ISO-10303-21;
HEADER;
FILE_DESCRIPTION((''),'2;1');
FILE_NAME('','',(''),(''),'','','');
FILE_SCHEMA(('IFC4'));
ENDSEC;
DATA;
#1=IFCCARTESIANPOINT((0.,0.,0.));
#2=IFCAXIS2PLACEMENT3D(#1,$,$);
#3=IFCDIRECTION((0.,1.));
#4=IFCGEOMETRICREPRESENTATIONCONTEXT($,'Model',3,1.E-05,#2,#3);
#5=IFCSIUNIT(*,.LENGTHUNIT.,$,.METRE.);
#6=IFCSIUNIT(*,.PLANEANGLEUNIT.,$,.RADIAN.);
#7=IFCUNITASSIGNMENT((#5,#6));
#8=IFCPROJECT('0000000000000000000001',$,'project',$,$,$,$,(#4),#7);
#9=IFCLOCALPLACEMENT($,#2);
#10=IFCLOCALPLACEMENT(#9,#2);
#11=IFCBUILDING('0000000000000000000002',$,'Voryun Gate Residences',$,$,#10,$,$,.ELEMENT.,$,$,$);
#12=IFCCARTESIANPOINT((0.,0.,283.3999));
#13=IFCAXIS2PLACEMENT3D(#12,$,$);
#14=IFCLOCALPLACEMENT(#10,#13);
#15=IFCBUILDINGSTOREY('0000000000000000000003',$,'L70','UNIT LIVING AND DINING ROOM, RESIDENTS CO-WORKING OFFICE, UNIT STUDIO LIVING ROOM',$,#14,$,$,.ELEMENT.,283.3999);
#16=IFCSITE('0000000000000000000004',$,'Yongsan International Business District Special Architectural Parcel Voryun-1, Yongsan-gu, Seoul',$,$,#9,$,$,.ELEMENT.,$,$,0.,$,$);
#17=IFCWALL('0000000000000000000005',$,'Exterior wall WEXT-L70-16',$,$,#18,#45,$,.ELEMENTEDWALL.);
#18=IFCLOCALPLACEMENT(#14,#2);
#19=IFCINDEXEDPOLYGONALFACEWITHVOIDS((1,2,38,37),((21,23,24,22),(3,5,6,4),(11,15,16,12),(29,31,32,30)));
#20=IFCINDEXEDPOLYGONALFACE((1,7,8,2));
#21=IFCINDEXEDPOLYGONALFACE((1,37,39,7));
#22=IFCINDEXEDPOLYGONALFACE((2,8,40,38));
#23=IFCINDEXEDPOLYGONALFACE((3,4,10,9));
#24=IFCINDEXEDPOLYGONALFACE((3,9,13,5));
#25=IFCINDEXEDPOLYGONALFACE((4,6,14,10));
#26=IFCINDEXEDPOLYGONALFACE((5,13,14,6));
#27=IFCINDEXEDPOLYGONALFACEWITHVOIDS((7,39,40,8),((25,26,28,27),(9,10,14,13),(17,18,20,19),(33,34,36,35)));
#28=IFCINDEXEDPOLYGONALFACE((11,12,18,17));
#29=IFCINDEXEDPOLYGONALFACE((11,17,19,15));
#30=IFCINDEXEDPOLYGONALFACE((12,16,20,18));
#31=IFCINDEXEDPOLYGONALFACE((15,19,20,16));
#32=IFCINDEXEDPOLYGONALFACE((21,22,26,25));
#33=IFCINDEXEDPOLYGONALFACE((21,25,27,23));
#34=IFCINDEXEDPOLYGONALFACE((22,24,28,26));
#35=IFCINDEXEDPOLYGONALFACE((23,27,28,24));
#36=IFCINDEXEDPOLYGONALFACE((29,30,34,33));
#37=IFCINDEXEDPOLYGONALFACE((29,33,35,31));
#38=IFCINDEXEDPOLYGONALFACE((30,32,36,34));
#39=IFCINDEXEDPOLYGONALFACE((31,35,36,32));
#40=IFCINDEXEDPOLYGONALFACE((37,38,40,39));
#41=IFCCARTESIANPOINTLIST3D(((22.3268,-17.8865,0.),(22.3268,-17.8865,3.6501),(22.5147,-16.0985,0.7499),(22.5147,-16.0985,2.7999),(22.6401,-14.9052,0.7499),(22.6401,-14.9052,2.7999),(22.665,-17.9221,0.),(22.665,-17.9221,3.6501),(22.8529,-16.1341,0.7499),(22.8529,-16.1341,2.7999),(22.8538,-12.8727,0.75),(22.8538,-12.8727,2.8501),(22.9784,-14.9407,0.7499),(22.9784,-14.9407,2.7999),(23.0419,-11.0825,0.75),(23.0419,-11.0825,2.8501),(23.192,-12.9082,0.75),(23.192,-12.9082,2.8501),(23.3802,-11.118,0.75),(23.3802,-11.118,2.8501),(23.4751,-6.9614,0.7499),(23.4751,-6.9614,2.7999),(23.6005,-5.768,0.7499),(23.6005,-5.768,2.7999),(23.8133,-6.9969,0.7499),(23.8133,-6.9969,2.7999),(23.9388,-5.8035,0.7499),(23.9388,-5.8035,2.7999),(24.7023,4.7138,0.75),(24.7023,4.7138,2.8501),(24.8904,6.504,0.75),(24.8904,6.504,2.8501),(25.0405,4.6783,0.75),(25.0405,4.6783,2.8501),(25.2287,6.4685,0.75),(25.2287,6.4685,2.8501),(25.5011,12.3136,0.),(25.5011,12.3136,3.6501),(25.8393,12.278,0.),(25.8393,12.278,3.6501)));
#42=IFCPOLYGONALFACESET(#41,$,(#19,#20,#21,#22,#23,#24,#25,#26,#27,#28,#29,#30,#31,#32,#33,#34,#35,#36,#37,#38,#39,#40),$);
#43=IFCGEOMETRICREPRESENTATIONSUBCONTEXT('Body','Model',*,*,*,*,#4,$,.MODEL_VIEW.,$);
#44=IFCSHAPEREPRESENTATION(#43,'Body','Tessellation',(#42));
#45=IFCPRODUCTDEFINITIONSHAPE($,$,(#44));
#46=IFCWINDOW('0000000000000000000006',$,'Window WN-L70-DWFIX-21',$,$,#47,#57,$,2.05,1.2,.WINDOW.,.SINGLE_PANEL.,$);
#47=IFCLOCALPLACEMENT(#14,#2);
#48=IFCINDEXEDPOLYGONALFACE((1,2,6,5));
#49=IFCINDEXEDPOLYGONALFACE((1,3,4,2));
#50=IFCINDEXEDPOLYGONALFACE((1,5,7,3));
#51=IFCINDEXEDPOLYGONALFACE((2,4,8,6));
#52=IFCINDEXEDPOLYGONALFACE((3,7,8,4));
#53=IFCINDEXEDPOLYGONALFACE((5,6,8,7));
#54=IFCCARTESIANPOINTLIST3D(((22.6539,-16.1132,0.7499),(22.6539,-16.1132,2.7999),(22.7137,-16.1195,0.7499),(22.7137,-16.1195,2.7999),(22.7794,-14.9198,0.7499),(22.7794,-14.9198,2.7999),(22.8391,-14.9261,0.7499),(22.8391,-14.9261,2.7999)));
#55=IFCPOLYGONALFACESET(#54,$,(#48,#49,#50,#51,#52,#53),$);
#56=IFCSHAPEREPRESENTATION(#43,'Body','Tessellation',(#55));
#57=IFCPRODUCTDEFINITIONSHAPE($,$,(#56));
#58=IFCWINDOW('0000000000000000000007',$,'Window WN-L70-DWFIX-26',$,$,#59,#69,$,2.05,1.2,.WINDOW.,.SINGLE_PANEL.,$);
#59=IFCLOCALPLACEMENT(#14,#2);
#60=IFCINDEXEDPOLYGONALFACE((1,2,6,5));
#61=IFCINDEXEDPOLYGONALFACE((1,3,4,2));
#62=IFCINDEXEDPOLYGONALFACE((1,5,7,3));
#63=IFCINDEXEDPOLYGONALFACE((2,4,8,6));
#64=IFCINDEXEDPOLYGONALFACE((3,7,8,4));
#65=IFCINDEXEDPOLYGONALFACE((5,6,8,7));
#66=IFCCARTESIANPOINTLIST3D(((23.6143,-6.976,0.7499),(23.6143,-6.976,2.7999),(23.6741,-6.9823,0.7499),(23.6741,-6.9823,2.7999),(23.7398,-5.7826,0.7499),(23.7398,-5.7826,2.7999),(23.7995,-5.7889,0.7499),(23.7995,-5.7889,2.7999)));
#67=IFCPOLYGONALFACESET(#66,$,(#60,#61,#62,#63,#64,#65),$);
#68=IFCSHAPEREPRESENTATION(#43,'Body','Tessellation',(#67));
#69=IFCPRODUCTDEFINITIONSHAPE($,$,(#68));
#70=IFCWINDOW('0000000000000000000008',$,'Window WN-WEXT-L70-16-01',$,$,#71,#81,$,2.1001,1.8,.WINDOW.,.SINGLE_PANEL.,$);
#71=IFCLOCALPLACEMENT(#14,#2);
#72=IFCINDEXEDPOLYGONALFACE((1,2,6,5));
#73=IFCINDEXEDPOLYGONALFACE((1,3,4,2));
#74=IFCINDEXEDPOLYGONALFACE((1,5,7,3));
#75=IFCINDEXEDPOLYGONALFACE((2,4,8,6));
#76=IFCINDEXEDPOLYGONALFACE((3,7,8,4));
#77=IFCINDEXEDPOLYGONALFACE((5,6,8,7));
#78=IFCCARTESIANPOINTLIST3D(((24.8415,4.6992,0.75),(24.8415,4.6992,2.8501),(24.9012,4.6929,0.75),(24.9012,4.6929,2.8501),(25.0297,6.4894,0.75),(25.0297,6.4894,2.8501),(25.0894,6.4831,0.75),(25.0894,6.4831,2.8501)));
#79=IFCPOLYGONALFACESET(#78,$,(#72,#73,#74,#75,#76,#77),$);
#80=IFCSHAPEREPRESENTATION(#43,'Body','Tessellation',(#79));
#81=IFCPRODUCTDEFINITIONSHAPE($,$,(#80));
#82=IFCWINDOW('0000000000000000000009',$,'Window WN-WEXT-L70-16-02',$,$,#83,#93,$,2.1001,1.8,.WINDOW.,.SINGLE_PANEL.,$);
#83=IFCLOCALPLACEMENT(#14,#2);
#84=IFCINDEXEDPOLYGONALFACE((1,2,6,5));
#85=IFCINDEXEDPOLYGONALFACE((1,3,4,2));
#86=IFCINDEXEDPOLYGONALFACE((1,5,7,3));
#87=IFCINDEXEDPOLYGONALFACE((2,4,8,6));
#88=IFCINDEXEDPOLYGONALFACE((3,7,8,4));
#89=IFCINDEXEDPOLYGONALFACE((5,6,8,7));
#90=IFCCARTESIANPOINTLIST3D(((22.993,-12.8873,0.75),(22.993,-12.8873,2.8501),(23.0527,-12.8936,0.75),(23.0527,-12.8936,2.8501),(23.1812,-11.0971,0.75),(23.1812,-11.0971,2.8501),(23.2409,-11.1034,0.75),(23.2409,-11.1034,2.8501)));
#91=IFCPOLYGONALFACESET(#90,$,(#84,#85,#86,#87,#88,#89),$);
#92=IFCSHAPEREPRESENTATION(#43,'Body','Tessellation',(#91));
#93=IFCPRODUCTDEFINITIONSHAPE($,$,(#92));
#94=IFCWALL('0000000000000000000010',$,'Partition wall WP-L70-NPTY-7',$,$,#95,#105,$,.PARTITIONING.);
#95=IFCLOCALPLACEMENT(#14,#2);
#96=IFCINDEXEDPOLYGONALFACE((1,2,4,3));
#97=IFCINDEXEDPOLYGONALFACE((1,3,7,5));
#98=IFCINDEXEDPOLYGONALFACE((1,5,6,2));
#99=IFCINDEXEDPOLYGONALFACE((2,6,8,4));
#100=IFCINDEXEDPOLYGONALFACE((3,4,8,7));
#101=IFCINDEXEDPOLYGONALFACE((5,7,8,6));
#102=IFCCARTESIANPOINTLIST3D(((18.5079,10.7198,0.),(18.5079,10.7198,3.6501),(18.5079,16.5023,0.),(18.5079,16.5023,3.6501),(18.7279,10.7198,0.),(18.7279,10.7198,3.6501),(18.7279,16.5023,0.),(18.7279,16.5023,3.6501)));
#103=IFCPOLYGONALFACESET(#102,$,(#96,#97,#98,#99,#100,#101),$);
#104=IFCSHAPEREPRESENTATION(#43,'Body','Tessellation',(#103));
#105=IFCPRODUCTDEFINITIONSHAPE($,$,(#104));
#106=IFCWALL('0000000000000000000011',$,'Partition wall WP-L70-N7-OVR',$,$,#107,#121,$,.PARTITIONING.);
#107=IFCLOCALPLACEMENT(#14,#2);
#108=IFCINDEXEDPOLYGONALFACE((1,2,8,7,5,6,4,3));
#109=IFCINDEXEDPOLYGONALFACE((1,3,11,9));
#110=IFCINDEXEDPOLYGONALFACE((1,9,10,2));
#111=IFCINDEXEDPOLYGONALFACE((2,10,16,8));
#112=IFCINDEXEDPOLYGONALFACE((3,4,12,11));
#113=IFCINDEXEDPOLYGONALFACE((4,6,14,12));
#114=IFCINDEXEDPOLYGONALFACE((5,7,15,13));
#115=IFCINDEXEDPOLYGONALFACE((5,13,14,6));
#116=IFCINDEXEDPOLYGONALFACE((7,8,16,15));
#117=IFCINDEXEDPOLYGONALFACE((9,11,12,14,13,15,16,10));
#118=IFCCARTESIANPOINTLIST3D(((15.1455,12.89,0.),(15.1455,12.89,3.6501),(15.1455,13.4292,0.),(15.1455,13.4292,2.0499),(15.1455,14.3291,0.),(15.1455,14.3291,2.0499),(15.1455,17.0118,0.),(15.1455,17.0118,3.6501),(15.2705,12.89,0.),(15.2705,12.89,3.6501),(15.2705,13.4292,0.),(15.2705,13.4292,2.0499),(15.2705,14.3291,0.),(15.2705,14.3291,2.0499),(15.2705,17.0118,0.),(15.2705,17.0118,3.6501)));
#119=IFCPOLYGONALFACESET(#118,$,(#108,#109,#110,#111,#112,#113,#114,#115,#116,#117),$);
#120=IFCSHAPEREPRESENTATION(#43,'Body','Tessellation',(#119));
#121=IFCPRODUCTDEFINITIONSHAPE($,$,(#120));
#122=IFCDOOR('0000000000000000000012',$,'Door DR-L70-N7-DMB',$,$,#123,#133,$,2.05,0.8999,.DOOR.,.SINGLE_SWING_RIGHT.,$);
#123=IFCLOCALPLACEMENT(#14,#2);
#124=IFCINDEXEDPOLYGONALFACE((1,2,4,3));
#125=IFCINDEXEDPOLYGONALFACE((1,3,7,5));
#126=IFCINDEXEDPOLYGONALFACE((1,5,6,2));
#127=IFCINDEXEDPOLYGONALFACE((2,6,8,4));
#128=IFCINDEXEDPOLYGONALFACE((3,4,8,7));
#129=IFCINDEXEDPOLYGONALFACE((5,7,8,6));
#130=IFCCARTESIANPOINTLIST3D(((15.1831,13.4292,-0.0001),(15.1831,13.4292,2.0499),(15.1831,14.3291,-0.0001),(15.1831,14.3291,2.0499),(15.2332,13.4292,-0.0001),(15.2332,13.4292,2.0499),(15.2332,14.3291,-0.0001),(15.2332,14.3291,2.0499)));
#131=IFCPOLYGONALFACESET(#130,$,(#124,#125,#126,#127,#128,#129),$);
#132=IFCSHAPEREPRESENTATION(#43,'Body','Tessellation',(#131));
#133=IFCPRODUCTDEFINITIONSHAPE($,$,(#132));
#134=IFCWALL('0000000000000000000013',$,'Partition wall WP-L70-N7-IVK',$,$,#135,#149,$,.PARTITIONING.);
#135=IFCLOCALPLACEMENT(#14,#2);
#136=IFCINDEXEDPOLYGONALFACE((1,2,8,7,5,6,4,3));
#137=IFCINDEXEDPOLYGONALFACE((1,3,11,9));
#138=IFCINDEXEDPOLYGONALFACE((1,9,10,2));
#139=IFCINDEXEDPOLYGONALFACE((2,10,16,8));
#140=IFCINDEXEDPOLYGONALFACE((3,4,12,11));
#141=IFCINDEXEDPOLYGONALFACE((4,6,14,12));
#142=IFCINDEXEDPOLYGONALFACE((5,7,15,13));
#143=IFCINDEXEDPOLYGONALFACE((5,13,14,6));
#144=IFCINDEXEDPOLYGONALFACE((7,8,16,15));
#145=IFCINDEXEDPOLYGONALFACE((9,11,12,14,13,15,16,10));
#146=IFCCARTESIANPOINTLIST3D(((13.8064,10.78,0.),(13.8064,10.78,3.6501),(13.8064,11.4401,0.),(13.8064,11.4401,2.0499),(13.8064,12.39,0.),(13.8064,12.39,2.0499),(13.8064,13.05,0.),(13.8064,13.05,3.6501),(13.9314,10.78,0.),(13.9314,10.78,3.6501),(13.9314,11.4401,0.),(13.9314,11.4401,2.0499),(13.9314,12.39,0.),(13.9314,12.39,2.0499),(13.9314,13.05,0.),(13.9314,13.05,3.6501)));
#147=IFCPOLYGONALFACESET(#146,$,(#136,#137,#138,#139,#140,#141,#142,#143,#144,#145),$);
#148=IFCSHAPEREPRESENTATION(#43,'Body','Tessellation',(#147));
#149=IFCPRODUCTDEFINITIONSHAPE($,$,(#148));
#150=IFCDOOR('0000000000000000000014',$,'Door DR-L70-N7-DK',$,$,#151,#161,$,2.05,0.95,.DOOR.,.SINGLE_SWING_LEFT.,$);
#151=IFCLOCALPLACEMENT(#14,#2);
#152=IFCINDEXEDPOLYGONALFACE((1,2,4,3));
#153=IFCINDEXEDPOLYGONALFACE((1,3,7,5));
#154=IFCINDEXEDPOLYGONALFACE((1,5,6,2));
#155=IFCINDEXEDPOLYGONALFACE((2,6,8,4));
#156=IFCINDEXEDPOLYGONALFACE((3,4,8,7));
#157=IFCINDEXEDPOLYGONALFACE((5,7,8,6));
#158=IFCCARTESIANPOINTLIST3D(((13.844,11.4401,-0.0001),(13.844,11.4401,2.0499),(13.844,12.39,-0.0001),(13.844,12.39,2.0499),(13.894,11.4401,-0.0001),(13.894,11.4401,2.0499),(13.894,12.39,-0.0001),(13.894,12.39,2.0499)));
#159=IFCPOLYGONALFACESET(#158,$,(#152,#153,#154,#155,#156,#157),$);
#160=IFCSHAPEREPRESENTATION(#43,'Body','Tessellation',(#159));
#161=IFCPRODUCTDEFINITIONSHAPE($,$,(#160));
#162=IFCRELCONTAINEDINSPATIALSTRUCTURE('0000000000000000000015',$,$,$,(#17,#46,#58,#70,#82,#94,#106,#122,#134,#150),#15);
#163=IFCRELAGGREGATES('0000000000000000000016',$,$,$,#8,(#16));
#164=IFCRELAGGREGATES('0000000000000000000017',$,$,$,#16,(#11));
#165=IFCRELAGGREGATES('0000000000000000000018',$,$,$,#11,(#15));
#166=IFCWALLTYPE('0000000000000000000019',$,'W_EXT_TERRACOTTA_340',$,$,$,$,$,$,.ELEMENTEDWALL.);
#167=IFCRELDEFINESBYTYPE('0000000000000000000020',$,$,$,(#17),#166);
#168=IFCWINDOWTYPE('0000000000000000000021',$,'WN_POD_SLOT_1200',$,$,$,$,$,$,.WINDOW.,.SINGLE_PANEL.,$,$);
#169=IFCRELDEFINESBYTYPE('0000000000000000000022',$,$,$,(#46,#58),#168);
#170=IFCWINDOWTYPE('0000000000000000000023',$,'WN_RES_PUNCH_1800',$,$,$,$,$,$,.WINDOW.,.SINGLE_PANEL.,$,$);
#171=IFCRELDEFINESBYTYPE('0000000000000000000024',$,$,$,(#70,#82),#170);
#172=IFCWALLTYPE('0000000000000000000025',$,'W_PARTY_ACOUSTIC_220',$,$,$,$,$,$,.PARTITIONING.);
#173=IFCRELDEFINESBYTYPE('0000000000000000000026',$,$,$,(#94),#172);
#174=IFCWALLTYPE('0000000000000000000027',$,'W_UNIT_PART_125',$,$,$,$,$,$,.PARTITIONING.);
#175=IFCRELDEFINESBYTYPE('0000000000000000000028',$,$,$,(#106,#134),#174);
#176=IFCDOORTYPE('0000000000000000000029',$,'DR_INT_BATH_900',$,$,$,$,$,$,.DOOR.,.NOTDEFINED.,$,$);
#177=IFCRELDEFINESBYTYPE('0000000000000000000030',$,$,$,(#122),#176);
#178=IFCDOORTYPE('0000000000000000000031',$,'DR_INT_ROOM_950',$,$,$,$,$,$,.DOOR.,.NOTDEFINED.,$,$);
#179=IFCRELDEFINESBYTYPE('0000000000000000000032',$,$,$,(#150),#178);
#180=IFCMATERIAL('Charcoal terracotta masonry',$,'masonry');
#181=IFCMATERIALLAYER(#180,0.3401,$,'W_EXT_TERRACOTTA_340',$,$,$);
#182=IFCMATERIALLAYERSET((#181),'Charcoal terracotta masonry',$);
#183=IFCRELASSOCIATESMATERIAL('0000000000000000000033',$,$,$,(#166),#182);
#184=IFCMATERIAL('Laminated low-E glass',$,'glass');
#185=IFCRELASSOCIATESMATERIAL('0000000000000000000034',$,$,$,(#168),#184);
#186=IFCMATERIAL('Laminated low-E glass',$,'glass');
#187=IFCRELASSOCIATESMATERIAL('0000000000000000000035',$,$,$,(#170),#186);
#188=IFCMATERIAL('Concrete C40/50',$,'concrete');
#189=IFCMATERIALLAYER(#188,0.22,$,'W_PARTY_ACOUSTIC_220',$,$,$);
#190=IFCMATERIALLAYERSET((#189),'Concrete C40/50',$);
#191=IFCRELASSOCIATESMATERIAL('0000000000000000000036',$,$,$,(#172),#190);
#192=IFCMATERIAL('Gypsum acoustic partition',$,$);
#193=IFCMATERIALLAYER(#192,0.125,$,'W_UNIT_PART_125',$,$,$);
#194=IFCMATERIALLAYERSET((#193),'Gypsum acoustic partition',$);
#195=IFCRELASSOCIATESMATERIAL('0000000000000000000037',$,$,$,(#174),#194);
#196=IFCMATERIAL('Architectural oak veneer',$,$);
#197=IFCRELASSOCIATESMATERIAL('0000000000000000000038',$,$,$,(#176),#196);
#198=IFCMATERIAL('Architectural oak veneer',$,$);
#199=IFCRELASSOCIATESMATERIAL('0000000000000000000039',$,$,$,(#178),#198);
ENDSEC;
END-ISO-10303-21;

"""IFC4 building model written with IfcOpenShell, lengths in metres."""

from ifc_helpers import new_model, si_unit, direction, frame, frame_2d, origin, place, context, subcontext, project, spatial, rectangle, extrude, material, layer, layer_set, type_object, element, fill, save


model = new_model("IFC4")

# Units and contexts
model_context = context("Model", 3, precision=1e-05, world=origin(), true_north=direction((0.0, 1.0)))
body_context = subcontext(model_context, "Body", "Model", "MODEL_VIEW")
ifc_project = project(units=[si_unit("LENGTHUNIT", "METRE"), si_unit("PLANEANGLEUNIT", "RADIAN")], contexts=[model_context])

# Site, building, storey
site_placement = place(None, origin())
site = spatial("IfcSite", under=ifc_project, at=site_placement, Name="Yongsan International Business District Special Architectural Parcel Voryun-1, Yongsan-gu, Seoul", CompositionType="ELEMENT", RefElevation=0.0)
building_placement = place(site_placement, origin())
building = spatial("IfcBuilding", under=site, at=building_placement, Name="Voryun Gate Residences", CompositionType="ELEMENT")
storey_placement = place(building_placement, frame((0.0, 0.0, 283.3999)))
storey = spatial("IfcBuildingStorey", under=building, at=storey_placement, Name="L70", Description="UNIT LIVING AND DINING ROOM, RESIDENTS CO-WORKING OFFICE, UNIT STUDIO LIVING ROOM", CompositionType="ELEMENT", Elevation=283.3999)

# Shared definitions
ifc_material_1 = material(Name="Charcoal terracotta masonry", Category="masonry")
ifc_layer_1 = layer(ifc_material_1, 0.3401, Name="W_EXT_TERRACOTTA_340")
ifc_layer_set_1 = layer_set([ifc_layer_1], Name="Charcoal terracotta masonry")
wall_type_1 = type_object("IfcWallType", Name="W_EXT_TERRACOTTA_340", PredefinedType="ELEMENTEDWALL", material=ifc_layer_set_1)

# Wall, openings, windows
wall_1_placement = place(storey_placement, frame((25.6702, 12.2957, 0.0), z_axis=(0.0, 0.0, 1.0), x_axis=(-0.104533, -0.994521, 0.0)))
wall_1 = element("IfcWall", 1, at=wall_1_placement, inside=storey, type_object=wall_type_1, Name="Exterior wall WEXT-L70-16", PredefinedType="ELEMENTEDWALL", context=body_context, shape_type="SweptSolid", body=[
    extrude(rectangle(XDim=30.3665, YDim=0.3401, at=frame_2d((15.1831, 0.0))), origin(), (0.0, 0.0, 1.0), 3.6501),
])
opening_1_placement = place(wall_1_placement, frame((5.8416, 0.0, 0.75)))
opening_1 = element("IfcOpeningElement", 2, at=opening_1_placement, cuts=wall_1, PredefinedType="OPENING", context=body_context, shape_type="SweptSolid", body=[
    extrude(rectangle(XDim=1.8, YDim=2.1001, at=frame_2d((0.8999, 1.05))), frame((0.0, 0.1799, 0.0), z_axis=(0.0, -1.0, 0.0), x_axis=(1.0, 0.0, 0.0)), (0.0, 0.0, 1.0), 0.3601),
])
opening_2_placement = place(wall_1_placement, frame((23.5249, 0.0, 0.75)))
opening_2 = element("IfcOpeningElement", 3, at=opening_2_placement, cuts=wall_1, PredefinedType="OPENING", context=body_context, shape_type="SweptSolid", body=[
    extrude(rectangle(XDim=1.8, YDim=2.1001, at=frame_2d((0.8999, 1.05))), frame((0.0, 0.1799, 0.0), z_axis=(0.0, -1.0, 0.0), x_axis=(1.0, 0.0, 0.0)), (0.0, 0.0, 1.0), 0.3601),
])
opening_3_placement = place(wall_1_placement, frame((27.3684, 0.0, 0.75)))
opening_3 = element("IfcOpeningElement", 4, at=opening_3_placement, cuts=wall_1, PredefinedType="OPENING", context=body_context, shape_type="SweptSolid", body=[
    extrude(rectangle(XDim=1.2, YDim=2.05, at=frame_2d((0.6001, 1.0249))), frame((0.0, 0.1799, 0.0), z_axis=(0.0, -1.0, 0.0), x_axis=(1.0, 0.0, 0.0)), (0.0, 0.0, 1.0), 0.3601),
])
opening_4_placement = place(wall_1_placement, frame((18.1809, 0.0, 0.75)))
opening_4 = element("IfcOpeningElement", 5, at=opening_4_placement, cuts=wall_1, PredefinedType="OPENING", context=body_context, shape_type="SweptSolid", body=[
    extrude(rectangle(XDim=1.2, YDim=2.05, at=frame_2d((0.6001, 1.0249))), frame((0.0, 0.1799, 0.0), z_axis=(0.0, -1.0, 0.0), x_axis=(1.0, 0.0, 0.0)), (0.0, 0.0, 1.0), 0.3601),
])
ifc_material_2 = material(Name="Laminated low-E glass", Category="glass")
window_type_1 = type_object("IfcWindowType", Name="WN_POD_SLOT_1200", PartitioningType="SINGLE_PANEL", PredefinedType="WINDOW", material=ifc_material_2)
window_1_placement = place(opening_3_placement, origin())
window_1 = element("IfcWindow", 6, at=window_1_placement, inside=storey, type_object=window_type_1, Name="Window WN-L70-DWFIX-21", OverallHeight=2.05, OverallWidth=1.2, PartitioningType="SINGLE_PANEL", PredefinedType="WINDOW", context=body_context, shape_type="SweptSolid", body=[
    extrude(rectangle(XDim=1.2, YDim=2.05, at=frame_2d((0.6001, 1.0249))), frame((0.0, 0.03, 0.0), z_axis=(0.0, -1.0, 0.0), x_axis=(1.0, 0.0, 0.0)), (0.0, 0.0, 1.0), 0.0601),
])
fill(opening_3, window_1)
window_2_placement = place(opening_4_placement, origin())
window_2 = element("IfcWindow", 7, at=window_2_placement, inside=storey, type_object=window_type_1, Name="Window WN-L70-DWFIX-26", OverallHeight=2.05, OverallWidth=1.2, PartitioningType="SINGLE_PANEL", PredefinedType="WINDOW", context=body_context, shape_type="SweptSolid", body=[
    extrude(rectangle(XDim=1.2, YDim=2.05, at=frame_2d((0.6001, 1.0249))), frame((0.0, 0.03, 0.0), z_axis=(0.0, -1.0, 0.0), x_axis=(1.0, 0.0, 0.0)), (0.0, 0.0, 1.0), 0.0601),
])
fill(opening_4, window_2)
ifc_material_3 = material(Name="Laminated low-E glass", Category="glass")
window_type_2 = type_object("IfcWindowType", Name="WN_RES_PUNCH_1800", PartitioningType="SINGLE_PANEL", PredefinedType="WINDOW", material=ifc_material_3)
window_3_placement = place(opening_1_placement, origin())
window_3 = element("IfcWindow", 8, at=window_3_placement, inside=storey, type_object=window_type_2, Name="Window WN-WEXT-L70-16-01", OverallHeight=2.1001, OverallWidth=1.8, PartitioningType="SINGLE_PANEL", PredefinedType="WINDOW", context=body_context, shape_type="SweptSolid", body=[
    extrude(rectangle(XDim=1.8, YDim=2.1001, at=frame_2d((0.8999, 1.05))), frame((0.0, 0.03, 0.0), z_axis=(0.0, -1.0, 0.0), x_axis=(1.0, 0.0, 0.0)), (0.0, 0.0, 1.0), 0.0601),
])
fill(opening_1, window_3)
window_4_placement = place(opening_2_placement, origin())
window_4 = element("IfcWindow", 9, at=window_4_placement, inside=storey, type_object=window_type_2, Name="Window WN-WEXT-L70-16-02", OverallHeight=2.1001, OverallWidth=1.8, PartitioningType="SINGLE_PANEL", PredefinedType="WINDOW", context=body_context, shape_type="SweptSolid", body=[
    extrude(rectangle(XDim=1.8, YDim=2.1001, at=frame_2d((0.8999, 1.05))), frame((0.0, 0.03, 0.0), z_axis=(0.0, -1.0, 0.0), x_axis=(1.0, 0.0, 0.0)), (0.0, 0.0, 1.0), 0.0601),
])
fill(opening_2, window_4)

# Wall
ifc_material_4 = material(Name="Concrete C40/50", Category="concrete")
ifc_layer_2 = layer(ifc_material_4, 0.22, Name="W_PARTY_ACOUSTIC_220")
ifc_layer_set_2 = layer_set([ifc_layer_2], Name="Concrete C40/50")
wall_type_2 = type_object("IfcWallType", Name="W_PARTY_ACOUSTIC_220", PredefinedType="PARTITIONING", material=ifc_layer_set_2)
wall_2_placement = place(storey_placement, frame((18.6179, 10.72, 0.0), z_axis=(0.0, 0.0, 1.0), x_axis=(0.0, 1.0, 0.0)))
element("IfcWall", 10, at=wall_2_placement, inside=storey, type_object=wall_type_2, Name="Partition wall WP-L70-NPTY-7", PredefinedType="PARTITIONING", context=body_context, shape_type="SweptSolid", body=[
    extrude(rectangle(XDim=5.7825, YDim=0.22, at=frame_2d((2.8911, 0.0))), origin(), (0.0, 0.0, 1.0), 3.6501),
])

# Walls, openings, doors
ifc_material_5 = material(Name="Gypsum acoustic partition")
ifc_layer_3 = layer(ifc_material_5, 0.125, Name="W_UNIT_PART_125")
ifc_layer_set_3 = layer_set([ifc_layer_3], Name="Gypsum acoustic partition")
wall_type_3 = type_object("IfcWallType", Name="W_UNIT_PART_125", PredefinedType="PARTITIONING", material=ifc_layer_set_3)
wall_3_placement = place(storey_placement, frame((15.208, 12.8899, 0.0), z_axis=(0.0, 0.0, 1.0), x_axis=(0.0, 1.0, 0.0)))
wall_3 = element("IfcWall", 11, at=wall_3_placement, inside=storey, type_object=wall_type_3, Name="Partition wall WP-L70-N7-OVR", PredefinedType="PARTITIONING", context=body_context, shape_type="SweptSolid", body=[
    extrude(rectangle(XDim=4.1218, YDim=0.125, at=frame_2d((2.061, 0.0))), origin(), (0.0, 0.0, 1.0), 3.6501),
])
opening_5_placement = place(wall_3_placement, frame((0.5393, 0.0, 0.0)))
opening_5 = element("IfcOpeningElement", 12, at=opening_5_placement, cuts=wall_3, PredefinedType="OPENING", context=body_context, shape_type="SweptSolid", body=[
    extrude(rectangle(XDim=0.8999, YDim=2.05, at=frame_2d((0.45, 1.0249))), frame((0.0, 0.0725, 0.0), z_axis=(0.0, -1.0, 0.0), x_axis=(1.0, 0.0, 0.0)), (0.0, 0.0, 1.0), 0.145),
])
ifc_material_6 = material(Name="Architectural oak veneer")
door_type_1 = type_object("IfcDoorType", Name="DR_INT_BATH_900", OperationType="NOTDEFINED", PredefinedType="DOOR", material=ifc_material_6)
door_1_placement = place(opening_5_placement, origin())
door_1 = element("IfcDoor", 13, at=door_1_placement, inside=storey, type_object=door_type_1, Name="Door DR-L70-N7-DMB", OperationType="SINGLE_SWING_RIGHT", OverallHeight=2.05, OverallWidth=0.8999, PredefinedType="DOOR", context=body_context, shape_type="SweptSolid", body=[
    extrude(rectangle(XDim=0.8999, YDim=2.05, at=frame_2d((0.45, 1.0249))), frame((0.0, 0.0249, 0.0), z_axis=(0.0, -1.0, 0.0), x_axis=(1.0, 0.0, 0.0)), (0.0, 0.0, 1.0), 0.05),
])
fill(opening_5, door_1)
wall_4_placement = place(storey_placement, frame((13.8689, 10.78, 0.0), z_axis=(0.0, 0.0, 1.0), x_axis=(0.0, 1.0, 0.0)))
wall_4 = element("IfcWall", 14, at=wall_4_placement, inside=storey, type_object=wall_type_3, Name="Partition wall WP-L70-N7-IVK", PredefinedType="PARTITIONING", context=body_context, shape_type="SweptSolid", body=[
    extrude(rectangle(XDim=2.27, YDim=0.125, at=frame_2d((1.135, 0.0))), origin(), (0.0, 0.0, 1.0), 3.6501),
])
opening_6_placement = place(wall_4_placement, frame((0.6599, 0.0, 0.0)))
opening_6 = element("IfcOpeningElement", 15, at=opening_6_placement, cuts=wall_4, PredefinedType="OPENING", context=body_context, shape_type="SweptSolid", body=[
    extrude(rectangle(XDim=0.95, YDim=2.05, at=frame_2d((0.4751, 1.0249))), frame((0.0, 0.0725, 0.0), z_axis=(0.0, -1.0, 0.0), x_axis=(1.0, 0.0, 0.0)), (0.0, 0.0, 1.0), 0.145),
])
ifc_material_7 = material(Name="Architectural oak veneer")
door_type_2 = type_object("IfcDoorType", Name="DR_INT_ROOM_950", OperationType="NOTDEFINED", PredefinedType="DOOR", material=ifc_material_7)
door_2_placement = place(opening_6_placement, origin())
door_2 = element("IfcDoor", 16, at=door_2_placement, inside=storey, type_object=door_type_2, Name="Door DR-L70-N7-DK", OperationType="SINGLE_SWING_LEFT", OverallHeight=2.05, OverallWidth=0.95, PredefinedType="DOOR", context=body_context, shape_type="SweptSolid", body=[
    extrude(rectangle(XDim=0.95, YDim=2.05, at=frame_2d((0.4751, 1.0249))), frame((0.0, 0.0249, 0.0), z_axis=(0.0, -1.0, 0.0), x_axis=(1.0, 0.0, 0.0)), (0.0, 0.0, 1.0), 0.05),
])
fill(opening_6, door_2)

save(model, "model.ifc")
